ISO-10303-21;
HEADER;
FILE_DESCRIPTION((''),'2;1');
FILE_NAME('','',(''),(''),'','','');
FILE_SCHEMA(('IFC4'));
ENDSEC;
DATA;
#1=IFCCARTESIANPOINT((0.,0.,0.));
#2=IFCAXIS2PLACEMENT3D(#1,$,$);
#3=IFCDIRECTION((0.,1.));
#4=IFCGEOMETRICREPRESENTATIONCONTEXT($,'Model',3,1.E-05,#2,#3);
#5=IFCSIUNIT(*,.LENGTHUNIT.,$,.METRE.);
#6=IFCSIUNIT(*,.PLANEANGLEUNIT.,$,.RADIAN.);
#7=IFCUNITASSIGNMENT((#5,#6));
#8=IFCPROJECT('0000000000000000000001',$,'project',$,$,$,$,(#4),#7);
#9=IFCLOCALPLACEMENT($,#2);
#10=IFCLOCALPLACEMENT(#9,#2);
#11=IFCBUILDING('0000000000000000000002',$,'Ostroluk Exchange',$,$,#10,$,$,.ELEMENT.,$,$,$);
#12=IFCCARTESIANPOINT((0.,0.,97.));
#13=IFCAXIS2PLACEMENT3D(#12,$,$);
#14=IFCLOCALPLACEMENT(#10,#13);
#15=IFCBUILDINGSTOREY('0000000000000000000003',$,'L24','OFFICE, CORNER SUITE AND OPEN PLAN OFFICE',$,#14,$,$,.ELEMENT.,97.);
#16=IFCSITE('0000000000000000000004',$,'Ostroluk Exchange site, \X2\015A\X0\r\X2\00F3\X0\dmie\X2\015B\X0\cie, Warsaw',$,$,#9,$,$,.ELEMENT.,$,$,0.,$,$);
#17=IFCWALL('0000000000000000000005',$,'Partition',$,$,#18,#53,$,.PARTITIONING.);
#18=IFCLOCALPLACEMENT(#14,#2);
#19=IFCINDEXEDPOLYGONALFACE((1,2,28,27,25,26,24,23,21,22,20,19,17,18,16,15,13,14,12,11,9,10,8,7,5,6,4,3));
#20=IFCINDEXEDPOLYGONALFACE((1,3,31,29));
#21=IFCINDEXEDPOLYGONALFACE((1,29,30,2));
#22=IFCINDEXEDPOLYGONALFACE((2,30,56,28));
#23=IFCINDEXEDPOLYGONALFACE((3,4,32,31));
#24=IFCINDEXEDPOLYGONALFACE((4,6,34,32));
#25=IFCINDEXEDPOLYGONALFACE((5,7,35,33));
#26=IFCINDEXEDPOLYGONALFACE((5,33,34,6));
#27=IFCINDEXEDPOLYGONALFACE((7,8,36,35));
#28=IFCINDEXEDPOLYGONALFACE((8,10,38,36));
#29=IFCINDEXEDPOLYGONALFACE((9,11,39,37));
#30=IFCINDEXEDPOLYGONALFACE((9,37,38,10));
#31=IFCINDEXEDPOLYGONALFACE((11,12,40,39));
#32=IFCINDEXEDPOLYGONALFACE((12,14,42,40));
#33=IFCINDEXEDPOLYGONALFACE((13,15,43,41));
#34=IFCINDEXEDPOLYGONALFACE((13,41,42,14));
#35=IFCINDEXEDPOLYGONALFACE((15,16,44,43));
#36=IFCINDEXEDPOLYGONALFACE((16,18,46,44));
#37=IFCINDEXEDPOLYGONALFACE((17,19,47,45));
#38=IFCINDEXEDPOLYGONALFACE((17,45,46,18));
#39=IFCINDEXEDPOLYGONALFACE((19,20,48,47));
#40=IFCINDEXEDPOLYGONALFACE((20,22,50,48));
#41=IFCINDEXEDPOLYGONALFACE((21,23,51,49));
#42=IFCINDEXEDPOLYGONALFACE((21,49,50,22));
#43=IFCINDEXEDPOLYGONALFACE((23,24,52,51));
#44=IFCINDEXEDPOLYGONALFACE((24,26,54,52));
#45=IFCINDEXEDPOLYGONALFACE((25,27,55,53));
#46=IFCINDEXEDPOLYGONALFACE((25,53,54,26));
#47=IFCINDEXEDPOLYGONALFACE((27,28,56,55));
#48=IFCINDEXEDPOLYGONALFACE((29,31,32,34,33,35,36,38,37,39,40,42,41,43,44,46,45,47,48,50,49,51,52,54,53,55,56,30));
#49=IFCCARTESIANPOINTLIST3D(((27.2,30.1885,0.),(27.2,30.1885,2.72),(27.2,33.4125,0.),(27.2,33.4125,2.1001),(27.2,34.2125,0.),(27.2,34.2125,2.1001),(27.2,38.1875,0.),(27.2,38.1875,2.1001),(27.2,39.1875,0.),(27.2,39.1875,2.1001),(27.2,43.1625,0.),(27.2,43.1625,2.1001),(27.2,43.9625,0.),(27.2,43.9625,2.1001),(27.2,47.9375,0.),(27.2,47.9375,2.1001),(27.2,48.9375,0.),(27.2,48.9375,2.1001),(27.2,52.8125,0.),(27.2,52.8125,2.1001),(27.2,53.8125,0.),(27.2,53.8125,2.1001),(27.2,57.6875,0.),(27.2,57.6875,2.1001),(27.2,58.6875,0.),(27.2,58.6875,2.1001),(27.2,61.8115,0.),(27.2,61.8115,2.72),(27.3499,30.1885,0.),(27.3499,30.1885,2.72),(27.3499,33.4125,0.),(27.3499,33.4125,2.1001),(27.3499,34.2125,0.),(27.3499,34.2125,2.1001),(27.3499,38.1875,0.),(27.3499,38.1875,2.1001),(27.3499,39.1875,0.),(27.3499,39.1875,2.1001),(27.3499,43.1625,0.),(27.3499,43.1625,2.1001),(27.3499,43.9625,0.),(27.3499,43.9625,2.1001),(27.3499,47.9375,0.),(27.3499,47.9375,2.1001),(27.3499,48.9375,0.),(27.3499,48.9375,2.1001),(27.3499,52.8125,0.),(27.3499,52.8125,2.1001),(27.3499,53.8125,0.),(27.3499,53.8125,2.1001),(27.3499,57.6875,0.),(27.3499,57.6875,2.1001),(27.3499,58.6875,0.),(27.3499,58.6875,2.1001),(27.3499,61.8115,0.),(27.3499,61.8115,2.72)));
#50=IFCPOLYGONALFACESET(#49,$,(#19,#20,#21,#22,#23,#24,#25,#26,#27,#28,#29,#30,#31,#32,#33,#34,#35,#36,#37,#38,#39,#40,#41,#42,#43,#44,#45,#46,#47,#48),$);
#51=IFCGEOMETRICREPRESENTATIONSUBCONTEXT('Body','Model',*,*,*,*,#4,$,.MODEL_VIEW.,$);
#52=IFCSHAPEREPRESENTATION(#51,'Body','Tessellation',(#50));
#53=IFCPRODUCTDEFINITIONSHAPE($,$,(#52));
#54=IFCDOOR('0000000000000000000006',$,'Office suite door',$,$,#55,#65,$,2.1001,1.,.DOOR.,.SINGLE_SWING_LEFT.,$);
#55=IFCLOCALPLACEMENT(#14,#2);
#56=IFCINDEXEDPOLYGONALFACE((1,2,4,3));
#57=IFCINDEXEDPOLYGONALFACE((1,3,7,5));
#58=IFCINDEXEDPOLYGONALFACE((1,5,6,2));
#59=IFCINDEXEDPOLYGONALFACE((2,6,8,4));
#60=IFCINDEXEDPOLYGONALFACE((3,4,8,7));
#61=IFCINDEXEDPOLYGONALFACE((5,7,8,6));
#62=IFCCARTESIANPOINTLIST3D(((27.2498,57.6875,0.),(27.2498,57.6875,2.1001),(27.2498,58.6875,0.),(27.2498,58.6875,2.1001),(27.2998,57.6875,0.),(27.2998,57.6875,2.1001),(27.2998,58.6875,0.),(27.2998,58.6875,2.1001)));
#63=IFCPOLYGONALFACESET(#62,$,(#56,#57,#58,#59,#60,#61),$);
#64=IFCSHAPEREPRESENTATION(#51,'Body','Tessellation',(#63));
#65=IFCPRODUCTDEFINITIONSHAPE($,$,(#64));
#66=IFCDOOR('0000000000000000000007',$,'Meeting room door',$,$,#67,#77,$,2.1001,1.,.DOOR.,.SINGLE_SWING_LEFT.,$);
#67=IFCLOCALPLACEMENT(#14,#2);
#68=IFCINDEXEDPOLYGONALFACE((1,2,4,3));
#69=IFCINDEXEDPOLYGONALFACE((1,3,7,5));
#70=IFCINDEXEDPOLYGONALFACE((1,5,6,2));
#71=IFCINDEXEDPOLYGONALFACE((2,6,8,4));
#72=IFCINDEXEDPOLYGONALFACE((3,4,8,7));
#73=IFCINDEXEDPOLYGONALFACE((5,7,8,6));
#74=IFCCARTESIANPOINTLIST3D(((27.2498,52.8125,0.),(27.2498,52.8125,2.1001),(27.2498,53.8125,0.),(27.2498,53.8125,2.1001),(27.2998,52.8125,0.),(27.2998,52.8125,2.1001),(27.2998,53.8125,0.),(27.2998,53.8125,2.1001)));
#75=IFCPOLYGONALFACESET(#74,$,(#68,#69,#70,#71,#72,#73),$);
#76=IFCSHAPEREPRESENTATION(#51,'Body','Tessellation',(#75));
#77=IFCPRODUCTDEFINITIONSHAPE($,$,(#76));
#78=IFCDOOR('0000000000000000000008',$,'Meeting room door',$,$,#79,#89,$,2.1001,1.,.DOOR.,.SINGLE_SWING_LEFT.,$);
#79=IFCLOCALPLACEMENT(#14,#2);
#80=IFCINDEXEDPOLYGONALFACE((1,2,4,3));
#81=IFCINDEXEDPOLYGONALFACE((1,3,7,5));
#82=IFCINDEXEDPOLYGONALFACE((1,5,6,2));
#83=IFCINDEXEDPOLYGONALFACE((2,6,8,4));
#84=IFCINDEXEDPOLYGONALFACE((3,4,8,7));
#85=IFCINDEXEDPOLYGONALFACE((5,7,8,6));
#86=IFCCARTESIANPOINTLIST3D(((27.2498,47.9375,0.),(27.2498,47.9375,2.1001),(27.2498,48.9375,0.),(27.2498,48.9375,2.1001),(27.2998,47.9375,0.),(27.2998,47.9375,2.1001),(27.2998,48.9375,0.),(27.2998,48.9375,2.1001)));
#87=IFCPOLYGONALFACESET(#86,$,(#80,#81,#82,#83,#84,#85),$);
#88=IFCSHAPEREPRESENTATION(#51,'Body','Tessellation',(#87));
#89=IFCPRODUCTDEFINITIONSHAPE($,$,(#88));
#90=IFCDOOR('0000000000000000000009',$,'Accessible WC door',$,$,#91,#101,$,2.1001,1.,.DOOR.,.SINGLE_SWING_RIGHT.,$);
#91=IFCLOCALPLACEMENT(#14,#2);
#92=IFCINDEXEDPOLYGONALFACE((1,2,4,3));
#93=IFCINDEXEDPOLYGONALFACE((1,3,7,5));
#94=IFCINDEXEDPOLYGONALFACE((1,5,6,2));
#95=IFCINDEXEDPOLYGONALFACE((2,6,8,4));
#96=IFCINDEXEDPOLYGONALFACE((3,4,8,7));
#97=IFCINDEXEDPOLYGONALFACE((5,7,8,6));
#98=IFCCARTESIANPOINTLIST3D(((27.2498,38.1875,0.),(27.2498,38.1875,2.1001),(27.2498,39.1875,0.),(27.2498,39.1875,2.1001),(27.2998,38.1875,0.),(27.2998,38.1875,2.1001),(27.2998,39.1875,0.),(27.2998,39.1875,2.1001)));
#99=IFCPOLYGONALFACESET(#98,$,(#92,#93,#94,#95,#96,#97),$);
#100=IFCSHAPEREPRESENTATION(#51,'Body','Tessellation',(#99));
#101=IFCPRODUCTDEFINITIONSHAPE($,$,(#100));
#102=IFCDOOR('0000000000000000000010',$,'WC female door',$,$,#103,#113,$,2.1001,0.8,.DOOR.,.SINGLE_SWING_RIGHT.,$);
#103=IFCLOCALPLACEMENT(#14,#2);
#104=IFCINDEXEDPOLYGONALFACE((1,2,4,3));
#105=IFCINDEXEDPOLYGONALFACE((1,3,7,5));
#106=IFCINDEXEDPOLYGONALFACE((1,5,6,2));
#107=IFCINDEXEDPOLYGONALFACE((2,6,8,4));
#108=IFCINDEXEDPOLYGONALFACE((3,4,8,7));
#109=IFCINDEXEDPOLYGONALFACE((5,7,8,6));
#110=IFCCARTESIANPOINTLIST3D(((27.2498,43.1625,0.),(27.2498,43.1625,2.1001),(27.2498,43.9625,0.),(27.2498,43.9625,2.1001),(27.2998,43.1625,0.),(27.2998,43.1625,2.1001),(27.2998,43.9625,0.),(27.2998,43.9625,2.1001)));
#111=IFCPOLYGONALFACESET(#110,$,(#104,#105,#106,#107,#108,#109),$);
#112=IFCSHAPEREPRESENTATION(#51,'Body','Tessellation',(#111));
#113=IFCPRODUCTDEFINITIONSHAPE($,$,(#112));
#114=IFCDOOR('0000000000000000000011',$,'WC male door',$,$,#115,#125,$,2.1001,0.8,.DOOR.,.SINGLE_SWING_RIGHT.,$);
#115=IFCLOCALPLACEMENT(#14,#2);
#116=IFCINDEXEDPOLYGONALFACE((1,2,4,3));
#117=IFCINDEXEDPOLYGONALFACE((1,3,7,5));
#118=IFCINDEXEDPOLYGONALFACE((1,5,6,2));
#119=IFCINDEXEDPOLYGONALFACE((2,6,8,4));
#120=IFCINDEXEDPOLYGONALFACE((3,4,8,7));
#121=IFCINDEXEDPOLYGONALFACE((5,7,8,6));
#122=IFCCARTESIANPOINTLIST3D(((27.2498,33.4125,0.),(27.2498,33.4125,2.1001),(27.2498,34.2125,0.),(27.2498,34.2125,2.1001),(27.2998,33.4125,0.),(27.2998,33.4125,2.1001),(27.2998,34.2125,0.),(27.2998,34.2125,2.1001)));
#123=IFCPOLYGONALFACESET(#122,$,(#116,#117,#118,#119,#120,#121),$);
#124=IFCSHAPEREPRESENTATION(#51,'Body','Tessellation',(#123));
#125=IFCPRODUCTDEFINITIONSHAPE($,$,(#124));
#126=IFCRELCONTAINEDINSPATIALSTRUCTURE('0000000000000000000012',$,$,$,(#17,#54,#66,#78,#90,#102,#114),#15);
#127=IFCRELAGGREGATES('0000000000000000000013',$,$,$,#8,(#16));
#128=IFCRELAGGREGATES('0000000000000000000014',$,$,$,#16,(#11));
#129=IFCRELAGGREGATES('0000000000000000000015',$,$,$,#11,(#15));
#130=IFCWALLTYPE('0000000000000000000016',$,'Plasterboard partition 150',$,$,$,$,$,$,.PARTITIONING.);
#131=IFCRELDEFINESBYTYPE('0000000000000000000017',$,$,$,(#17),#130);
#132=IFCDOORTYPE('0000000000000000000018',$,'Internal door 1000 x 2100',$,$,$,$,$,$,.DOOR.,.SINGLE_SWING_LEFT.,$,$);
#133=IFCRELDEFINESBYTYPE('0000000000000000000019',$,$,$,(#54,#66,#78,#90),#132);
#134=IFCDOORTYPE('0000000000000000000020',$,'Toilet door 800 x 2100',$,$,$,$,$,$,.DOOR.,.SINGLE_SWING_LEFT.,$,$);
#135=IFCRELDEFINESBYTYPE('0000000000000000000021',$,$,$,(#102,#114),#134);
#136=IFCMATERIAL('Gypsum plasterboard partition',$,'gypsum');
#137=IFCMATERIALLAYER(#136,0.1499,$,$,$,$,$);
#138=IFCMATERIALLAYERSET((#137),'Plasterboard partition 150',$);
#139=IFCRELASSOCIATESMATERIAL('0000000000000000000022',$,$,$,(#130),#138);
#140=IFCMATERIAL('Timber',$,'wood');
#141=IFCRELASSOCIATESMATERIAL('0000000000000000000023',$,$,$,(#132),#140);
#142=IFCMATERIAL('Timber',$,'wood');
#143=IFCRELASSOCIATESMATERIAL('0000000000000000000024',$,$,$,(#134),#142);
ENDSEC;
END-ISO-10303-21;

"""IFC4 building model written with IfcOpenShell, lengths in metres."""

from ifc_helpers import new_model, si_unit, direction, frame, frame_2d, origin, place, context, subcontext, project, spatial, rectangle, extrude, material, layer, layer_set, type_object, element, fill, save


model = new_model("IFC4")

# Units and contexts
model_context = context("Model", 3, precision=1e-05, world=origin(), true_north=direction((0.0, 1.0)))
body_context = subcontext(model_context, "Body", "Model", "MODEL_VIEW")
ifc_project = project(units=[si_unit("LENGTHUNIT", "METRE"), si_unit("PLANEANGLEUNIT", "RADIAN")], contexts=[model_context])

# Site, building, storey
site_placement = place(None, origin())
site = spatial("IfcSite", under=ifc_project, at=site_placement, Name="Ostroluk Exchange site, Śródmieście, Warsaw", CompositionType="ELEMENT", RefElevation=0.0)
building_placement = place(site_placement, origin())
building = spatial("IfcBuilding", under=site, at=building_placement, Name="Ostroluk Exchange", CompositionType="ELEMENT")
storey_placement = place(building_placement, frame((0.0, 0.0, 97.0)))
storey = spatial("IfcBuildingStorey", under=building, at=storey_placement, Name="L24", Description="OFFICE, CORNER SUITE AND OPEN PLAN OFFICE", CompositionType="ELEMENT", Elevation=97.0)

# Wall, openings, doors
ifc_material_1 = material(Name="Gypsum plasterboard partition", Category="gypsum")
ifc_layer_1 = layer(ifc_material_1, 0.1499)
ifc_layer_set_1 = layer_set([ifc_layer_1], Name="Plasterboard partition 150")
wall_type_1 = type_object("IfcWallType", Name="Plasterboard partition 150", PredefinedType="PARTITIONING", material=ifc_layer_set_1)
wall_1_placement = place(storey_placement, frame((27.2749, 61.8115, 0.0), z_axis=(0.0, 0.0, 1.0), x_axis=(0.0, -1.0, 0.0)))
wall_1 = element("IfcWall", 1, at=wall_1_placement, inside=storey, type_object=wall_type_1, Name="Partition", PredefinedType="PARTITIONING", context=body_context, shape_type="SweptSolid", body=[
    extrude(rectangle(XDim=31.623, YDim=0.1499, at=frame_2d((15.8115, 0.0))), origin(), (0.0, 0.0, 1.0), 2.72),
])
opening_1_placement = place(wall_1_placement, frame((3.124, 0.0, 0.0)))
opening_1 = element("IfcOpeningElement", 2, at=opening_1_placement, cuts=wall_1, PredefinedType="OPENING", context=body_context, shape_type="SweptSolid", body=[
    extrude(rectangle(XDim=1.0, YDim=2.1001, at=frame_2d((0.5, 1.05))), frame((0.0, 0.085, 0.0), z_axis=(0.0, -1.0, 0.0), x_axis=(1.0, 0.0, 0.0)), (0.0, 0.0, 1.0), 0.1699),
])
opening_2_placement = place(wall_1_placement, frame((7.999, 0.0, 0.0)))
opening_2 = element("IfcOpeningElement", 3, at=opening_2_placement, cuts=wall_1, PredefinedType="OPENING", context=body_context, shape_type="SweptSolid", body=[
    extrude(rectangle(XDim=1.0, YDim=2.1001, at=frame_2d((0.5, 1.05))), frame((0.0, 0.085, 0.0), z_axis=(0.0, -1.0, 0.0), x_axis=(1.0, 0.0, 0.0)), (0.0, 0.0, 1.0), 0.1699),
])
opening_3_placement = place(wall_1_placement, frame((12.874, 0.0, 0.0)))
opening_3 = element("IfcOpeningElement", 4, at=opening_3_placement, cuts=wall_1, PredefinedType="OPENING", context=body_context, shape_type="SweptSolid", body=[
    extrude(rectangle(XDim=1.0, YDim=2.1001, at=frame_2d((0.5, 1.05))), frame((0.0, 0.085, 0.0), z_axis=(0.0, -1.0, 0.0), x_axis=(1.0, 0.0, 0.0)), (0.0, 0.0, 1.0), 0.1699),
])
opening_4_placement = place(wall_1_placement, frame((17.8491, 0.0, 0.0)))
opening_4 = element("IfcOpeningElement", 5, at=opening_4_placement, cuts=wall_1, PredefinedType="OPENING", context=body_context, shape_type="SweptSolid", body=[
    extrude(rectangle(XDim=0.8, YDim=2.1001, at=frame_2d((0.3999, 1.05))), frame((0.0, 0.085, 0.0), z_axis=(0.0, -1.0, 0.0), x_axis=(1.0, 0.0, 0.0)), (0.0, 0.0, 1.0), 0.1699),
])
opening_5_placement = place(wall_1_placement, frame((22.624, 0.0, 0.0)))
opening_5 = element("IfcOpeningElement", 6, at=opening_5_placement, cuts=wall_1, PredefinedType="OPENING", context=body_context, shape_type="SweptSolid", body=[
    extrude(rectangle(XDim=1.0, YDim=2.1001, at=frame_2d((0.5, 1.05))), frame((0.0, 0.085, 0.0), z_axis=(0.0, -1.0, 0.0), x_axis=(1.0, 0.0, 0.0)), (0.0, 0.0, 1.0), 0.1699),
])
opening_6_placement = place(wall_1_placement, frame((27.5991, 0.0, 0.0)))
opening_6 = element("IfcOpeningElement", 7, at=opening_6_placement, cuts=wall_1, PredefinedType="OPENING", context=body_context, shape_type="SweptSolid", body=[
    extrude(rectangle(XDim=0.8, YDim=2.1001, at=frame_2d((0.3999, 1.05))), frame((0.0, 0.085, 0.0), z_axis=(0.0, -1.0, 0.0), x_axis=(1.0, 0.0, 0.0)), (0.0, 0.0, 1.0), 0.1699),
])
ifc_material_2 = material(Name="Timber", Category="wood")
door_type_1 = type_object("IfcDoorType", Name="Internal door 1000 x 2100", OperationType="SINGLE_SWING_LEFT", PredefinedType="DOOR", material=ifc_material_2)
door_1_placement = place(opening_1_placement, origin())
door_1 = element("IfcDoor", 8, at=door_1_placement, inside=storey, type_object=door_type_1, Name="Office suite door", OperationType="SINGLE_SWING_LEFT", OverallHeight=2.1001, OverallWidth=1.0, PredefinedType="DOOR", context=body_context, shape_type="SweptSolid", body=[
    extrude(rectangle(XDim=1.0, YDim=2.1001, at=frame_2d((0.5, 1.05))), frame((0.0, 0.0249, 0.0), z_axis=(0.0, -1.0, 0.0), x_axis=(1.0, 0.0, 0.0)), (0.0, 0.0, 1.0), 0.05),
])
fill(opening_1, door_1)
door_2_placement = place(opening_2_placement, origin())
door_2 = element("IfcDoor", 9, at=door_2_placement, inside=storey, type_object=door_type_1, Name="Meeting room door", OperationType="SINGLE_SWING_LEFT", OverallHeight=2.1001, OverallWidth=1.0, PredefinedType="DOOR", context=body_context, shape_type="SweptSolid", body=[
    extrude(rectangle(XDim=1.0, YDim=2.1001, at=frame_2d((0.5, 1.05))), frame((0.0, 0.0249, 0.0), z_axis=(0.0, -1.0, 0.0), x_axis=(1.0, 0.0, 0.0)), (0.0, 0.0, 1.0), 0.05),
])
fill(opening_2, door_2)
door_3_placement = place(opening_3_placement, origin())
door_3 = element("IfcDoor", 10, at=door_3_placement, inside=storey, type_object=door_type_1, Name="Meeting room door", OperationType="SINGLE_SWING_LEFT", OverallHeight=2.1001, OverallWidth=1.0, PredefinedType="DOOR", context=body_context, shape_type="SweptSolid", body=[
    extrude(rectangle(XDim=1.0, YDim=2.1001, at=frame_2d((0.5, 1.05))), frame((0.0, 0.0249, 0.0), z_axis=(0.0, -1.0, 0.0), x_axis=(1.0, 0.0, 0.0)), (0.0, 0.0, 1.0), 0.05),
])
fill(opening_3, door_3)
door_4_placement = place(opening_5_placement, origin())
door_4 = element("IfcDoor", 11, at=door_4_placement, inside=storey, type_object=door_type_1, Name="Accessible WC door", OperationType="SINGLE_SWING_RIGHT", OverallHeight=2.1001, OverallWidth=1.0, PredefinedType="DOOR", context=body_context, shape_type="SweptSolid", body=[
    extrude(rectangle(XDim=1.0, YDim=2.1001, at=frame_2d((0.5, 1.05))), frame((0.0, 0.0249, 0.0), z_axis=(0.0, -1.0, 0.0), x_axis=(1.0, 0.0, 0.0)), (0.0, 0.0, 1.0), 0.05),
])
fill(opening_5, door_4)
ifc_material_3 = material(Name="Timber", Category="wood")
door_type_2 = type_object("IfcDoorType", Name="Toilet door 800 x 2100", OperationType="SINGLE_SWING_LEFT", PredefinedType="DOOR", material=ifc_material_3)
door_5_placement = place(opening_4_placement, origin())
door_5 = element("IfcDoor", 12, at=door_5_placement, inside=storey, type_object=door_type_2, Name="WC female door", OperationType="SINGLE_SWING_RIGHT", OverallHeight=2.1001, OverallWidth=0.8, PredefinedType="DOOR", context=body_context, shape_type="SweptSolid", body=[
    extrude(rectangle(XDim=0.8, YDim=2.1001, at=frame_2d((0.3999, 1.05))), frame((0.0, 0.0249, 0.0), z_axis=(0.0, -1.0, 0.0), x_axis=(1.0, 0.0, 0.0)), (0.0, 0.0, 1.0), 0.05),
])
fill(opening_4, door_5)
door_6_placement = place(opening_6_placement, origin())
door_6 = element("IfcDoor", 13, at=door_6_placement, inside=storey, type_object=door_type_2, Name="WC male door", OperationType="SINGLE_SWING_RIGHT", OverallHeight=2.1001, OverallWidth=0.8, PredefinedType="DOOR", context=body_context, shape_type="SweptSolid", body=[
    extrude(rectangle(XDim=0.8, YDim=2.1001, at=frame_2d((0.3999, 1.05))), frame((0.0, 0.0249, 0.0), z_axis=(0.0, -1.0, 0.0), x_axis=(1.0, 0.0, 0.0)), (0.0, 0.0, 1.0), 0.05),
])
fill(opening_6, door_6)

save(model, "model.ifc")
